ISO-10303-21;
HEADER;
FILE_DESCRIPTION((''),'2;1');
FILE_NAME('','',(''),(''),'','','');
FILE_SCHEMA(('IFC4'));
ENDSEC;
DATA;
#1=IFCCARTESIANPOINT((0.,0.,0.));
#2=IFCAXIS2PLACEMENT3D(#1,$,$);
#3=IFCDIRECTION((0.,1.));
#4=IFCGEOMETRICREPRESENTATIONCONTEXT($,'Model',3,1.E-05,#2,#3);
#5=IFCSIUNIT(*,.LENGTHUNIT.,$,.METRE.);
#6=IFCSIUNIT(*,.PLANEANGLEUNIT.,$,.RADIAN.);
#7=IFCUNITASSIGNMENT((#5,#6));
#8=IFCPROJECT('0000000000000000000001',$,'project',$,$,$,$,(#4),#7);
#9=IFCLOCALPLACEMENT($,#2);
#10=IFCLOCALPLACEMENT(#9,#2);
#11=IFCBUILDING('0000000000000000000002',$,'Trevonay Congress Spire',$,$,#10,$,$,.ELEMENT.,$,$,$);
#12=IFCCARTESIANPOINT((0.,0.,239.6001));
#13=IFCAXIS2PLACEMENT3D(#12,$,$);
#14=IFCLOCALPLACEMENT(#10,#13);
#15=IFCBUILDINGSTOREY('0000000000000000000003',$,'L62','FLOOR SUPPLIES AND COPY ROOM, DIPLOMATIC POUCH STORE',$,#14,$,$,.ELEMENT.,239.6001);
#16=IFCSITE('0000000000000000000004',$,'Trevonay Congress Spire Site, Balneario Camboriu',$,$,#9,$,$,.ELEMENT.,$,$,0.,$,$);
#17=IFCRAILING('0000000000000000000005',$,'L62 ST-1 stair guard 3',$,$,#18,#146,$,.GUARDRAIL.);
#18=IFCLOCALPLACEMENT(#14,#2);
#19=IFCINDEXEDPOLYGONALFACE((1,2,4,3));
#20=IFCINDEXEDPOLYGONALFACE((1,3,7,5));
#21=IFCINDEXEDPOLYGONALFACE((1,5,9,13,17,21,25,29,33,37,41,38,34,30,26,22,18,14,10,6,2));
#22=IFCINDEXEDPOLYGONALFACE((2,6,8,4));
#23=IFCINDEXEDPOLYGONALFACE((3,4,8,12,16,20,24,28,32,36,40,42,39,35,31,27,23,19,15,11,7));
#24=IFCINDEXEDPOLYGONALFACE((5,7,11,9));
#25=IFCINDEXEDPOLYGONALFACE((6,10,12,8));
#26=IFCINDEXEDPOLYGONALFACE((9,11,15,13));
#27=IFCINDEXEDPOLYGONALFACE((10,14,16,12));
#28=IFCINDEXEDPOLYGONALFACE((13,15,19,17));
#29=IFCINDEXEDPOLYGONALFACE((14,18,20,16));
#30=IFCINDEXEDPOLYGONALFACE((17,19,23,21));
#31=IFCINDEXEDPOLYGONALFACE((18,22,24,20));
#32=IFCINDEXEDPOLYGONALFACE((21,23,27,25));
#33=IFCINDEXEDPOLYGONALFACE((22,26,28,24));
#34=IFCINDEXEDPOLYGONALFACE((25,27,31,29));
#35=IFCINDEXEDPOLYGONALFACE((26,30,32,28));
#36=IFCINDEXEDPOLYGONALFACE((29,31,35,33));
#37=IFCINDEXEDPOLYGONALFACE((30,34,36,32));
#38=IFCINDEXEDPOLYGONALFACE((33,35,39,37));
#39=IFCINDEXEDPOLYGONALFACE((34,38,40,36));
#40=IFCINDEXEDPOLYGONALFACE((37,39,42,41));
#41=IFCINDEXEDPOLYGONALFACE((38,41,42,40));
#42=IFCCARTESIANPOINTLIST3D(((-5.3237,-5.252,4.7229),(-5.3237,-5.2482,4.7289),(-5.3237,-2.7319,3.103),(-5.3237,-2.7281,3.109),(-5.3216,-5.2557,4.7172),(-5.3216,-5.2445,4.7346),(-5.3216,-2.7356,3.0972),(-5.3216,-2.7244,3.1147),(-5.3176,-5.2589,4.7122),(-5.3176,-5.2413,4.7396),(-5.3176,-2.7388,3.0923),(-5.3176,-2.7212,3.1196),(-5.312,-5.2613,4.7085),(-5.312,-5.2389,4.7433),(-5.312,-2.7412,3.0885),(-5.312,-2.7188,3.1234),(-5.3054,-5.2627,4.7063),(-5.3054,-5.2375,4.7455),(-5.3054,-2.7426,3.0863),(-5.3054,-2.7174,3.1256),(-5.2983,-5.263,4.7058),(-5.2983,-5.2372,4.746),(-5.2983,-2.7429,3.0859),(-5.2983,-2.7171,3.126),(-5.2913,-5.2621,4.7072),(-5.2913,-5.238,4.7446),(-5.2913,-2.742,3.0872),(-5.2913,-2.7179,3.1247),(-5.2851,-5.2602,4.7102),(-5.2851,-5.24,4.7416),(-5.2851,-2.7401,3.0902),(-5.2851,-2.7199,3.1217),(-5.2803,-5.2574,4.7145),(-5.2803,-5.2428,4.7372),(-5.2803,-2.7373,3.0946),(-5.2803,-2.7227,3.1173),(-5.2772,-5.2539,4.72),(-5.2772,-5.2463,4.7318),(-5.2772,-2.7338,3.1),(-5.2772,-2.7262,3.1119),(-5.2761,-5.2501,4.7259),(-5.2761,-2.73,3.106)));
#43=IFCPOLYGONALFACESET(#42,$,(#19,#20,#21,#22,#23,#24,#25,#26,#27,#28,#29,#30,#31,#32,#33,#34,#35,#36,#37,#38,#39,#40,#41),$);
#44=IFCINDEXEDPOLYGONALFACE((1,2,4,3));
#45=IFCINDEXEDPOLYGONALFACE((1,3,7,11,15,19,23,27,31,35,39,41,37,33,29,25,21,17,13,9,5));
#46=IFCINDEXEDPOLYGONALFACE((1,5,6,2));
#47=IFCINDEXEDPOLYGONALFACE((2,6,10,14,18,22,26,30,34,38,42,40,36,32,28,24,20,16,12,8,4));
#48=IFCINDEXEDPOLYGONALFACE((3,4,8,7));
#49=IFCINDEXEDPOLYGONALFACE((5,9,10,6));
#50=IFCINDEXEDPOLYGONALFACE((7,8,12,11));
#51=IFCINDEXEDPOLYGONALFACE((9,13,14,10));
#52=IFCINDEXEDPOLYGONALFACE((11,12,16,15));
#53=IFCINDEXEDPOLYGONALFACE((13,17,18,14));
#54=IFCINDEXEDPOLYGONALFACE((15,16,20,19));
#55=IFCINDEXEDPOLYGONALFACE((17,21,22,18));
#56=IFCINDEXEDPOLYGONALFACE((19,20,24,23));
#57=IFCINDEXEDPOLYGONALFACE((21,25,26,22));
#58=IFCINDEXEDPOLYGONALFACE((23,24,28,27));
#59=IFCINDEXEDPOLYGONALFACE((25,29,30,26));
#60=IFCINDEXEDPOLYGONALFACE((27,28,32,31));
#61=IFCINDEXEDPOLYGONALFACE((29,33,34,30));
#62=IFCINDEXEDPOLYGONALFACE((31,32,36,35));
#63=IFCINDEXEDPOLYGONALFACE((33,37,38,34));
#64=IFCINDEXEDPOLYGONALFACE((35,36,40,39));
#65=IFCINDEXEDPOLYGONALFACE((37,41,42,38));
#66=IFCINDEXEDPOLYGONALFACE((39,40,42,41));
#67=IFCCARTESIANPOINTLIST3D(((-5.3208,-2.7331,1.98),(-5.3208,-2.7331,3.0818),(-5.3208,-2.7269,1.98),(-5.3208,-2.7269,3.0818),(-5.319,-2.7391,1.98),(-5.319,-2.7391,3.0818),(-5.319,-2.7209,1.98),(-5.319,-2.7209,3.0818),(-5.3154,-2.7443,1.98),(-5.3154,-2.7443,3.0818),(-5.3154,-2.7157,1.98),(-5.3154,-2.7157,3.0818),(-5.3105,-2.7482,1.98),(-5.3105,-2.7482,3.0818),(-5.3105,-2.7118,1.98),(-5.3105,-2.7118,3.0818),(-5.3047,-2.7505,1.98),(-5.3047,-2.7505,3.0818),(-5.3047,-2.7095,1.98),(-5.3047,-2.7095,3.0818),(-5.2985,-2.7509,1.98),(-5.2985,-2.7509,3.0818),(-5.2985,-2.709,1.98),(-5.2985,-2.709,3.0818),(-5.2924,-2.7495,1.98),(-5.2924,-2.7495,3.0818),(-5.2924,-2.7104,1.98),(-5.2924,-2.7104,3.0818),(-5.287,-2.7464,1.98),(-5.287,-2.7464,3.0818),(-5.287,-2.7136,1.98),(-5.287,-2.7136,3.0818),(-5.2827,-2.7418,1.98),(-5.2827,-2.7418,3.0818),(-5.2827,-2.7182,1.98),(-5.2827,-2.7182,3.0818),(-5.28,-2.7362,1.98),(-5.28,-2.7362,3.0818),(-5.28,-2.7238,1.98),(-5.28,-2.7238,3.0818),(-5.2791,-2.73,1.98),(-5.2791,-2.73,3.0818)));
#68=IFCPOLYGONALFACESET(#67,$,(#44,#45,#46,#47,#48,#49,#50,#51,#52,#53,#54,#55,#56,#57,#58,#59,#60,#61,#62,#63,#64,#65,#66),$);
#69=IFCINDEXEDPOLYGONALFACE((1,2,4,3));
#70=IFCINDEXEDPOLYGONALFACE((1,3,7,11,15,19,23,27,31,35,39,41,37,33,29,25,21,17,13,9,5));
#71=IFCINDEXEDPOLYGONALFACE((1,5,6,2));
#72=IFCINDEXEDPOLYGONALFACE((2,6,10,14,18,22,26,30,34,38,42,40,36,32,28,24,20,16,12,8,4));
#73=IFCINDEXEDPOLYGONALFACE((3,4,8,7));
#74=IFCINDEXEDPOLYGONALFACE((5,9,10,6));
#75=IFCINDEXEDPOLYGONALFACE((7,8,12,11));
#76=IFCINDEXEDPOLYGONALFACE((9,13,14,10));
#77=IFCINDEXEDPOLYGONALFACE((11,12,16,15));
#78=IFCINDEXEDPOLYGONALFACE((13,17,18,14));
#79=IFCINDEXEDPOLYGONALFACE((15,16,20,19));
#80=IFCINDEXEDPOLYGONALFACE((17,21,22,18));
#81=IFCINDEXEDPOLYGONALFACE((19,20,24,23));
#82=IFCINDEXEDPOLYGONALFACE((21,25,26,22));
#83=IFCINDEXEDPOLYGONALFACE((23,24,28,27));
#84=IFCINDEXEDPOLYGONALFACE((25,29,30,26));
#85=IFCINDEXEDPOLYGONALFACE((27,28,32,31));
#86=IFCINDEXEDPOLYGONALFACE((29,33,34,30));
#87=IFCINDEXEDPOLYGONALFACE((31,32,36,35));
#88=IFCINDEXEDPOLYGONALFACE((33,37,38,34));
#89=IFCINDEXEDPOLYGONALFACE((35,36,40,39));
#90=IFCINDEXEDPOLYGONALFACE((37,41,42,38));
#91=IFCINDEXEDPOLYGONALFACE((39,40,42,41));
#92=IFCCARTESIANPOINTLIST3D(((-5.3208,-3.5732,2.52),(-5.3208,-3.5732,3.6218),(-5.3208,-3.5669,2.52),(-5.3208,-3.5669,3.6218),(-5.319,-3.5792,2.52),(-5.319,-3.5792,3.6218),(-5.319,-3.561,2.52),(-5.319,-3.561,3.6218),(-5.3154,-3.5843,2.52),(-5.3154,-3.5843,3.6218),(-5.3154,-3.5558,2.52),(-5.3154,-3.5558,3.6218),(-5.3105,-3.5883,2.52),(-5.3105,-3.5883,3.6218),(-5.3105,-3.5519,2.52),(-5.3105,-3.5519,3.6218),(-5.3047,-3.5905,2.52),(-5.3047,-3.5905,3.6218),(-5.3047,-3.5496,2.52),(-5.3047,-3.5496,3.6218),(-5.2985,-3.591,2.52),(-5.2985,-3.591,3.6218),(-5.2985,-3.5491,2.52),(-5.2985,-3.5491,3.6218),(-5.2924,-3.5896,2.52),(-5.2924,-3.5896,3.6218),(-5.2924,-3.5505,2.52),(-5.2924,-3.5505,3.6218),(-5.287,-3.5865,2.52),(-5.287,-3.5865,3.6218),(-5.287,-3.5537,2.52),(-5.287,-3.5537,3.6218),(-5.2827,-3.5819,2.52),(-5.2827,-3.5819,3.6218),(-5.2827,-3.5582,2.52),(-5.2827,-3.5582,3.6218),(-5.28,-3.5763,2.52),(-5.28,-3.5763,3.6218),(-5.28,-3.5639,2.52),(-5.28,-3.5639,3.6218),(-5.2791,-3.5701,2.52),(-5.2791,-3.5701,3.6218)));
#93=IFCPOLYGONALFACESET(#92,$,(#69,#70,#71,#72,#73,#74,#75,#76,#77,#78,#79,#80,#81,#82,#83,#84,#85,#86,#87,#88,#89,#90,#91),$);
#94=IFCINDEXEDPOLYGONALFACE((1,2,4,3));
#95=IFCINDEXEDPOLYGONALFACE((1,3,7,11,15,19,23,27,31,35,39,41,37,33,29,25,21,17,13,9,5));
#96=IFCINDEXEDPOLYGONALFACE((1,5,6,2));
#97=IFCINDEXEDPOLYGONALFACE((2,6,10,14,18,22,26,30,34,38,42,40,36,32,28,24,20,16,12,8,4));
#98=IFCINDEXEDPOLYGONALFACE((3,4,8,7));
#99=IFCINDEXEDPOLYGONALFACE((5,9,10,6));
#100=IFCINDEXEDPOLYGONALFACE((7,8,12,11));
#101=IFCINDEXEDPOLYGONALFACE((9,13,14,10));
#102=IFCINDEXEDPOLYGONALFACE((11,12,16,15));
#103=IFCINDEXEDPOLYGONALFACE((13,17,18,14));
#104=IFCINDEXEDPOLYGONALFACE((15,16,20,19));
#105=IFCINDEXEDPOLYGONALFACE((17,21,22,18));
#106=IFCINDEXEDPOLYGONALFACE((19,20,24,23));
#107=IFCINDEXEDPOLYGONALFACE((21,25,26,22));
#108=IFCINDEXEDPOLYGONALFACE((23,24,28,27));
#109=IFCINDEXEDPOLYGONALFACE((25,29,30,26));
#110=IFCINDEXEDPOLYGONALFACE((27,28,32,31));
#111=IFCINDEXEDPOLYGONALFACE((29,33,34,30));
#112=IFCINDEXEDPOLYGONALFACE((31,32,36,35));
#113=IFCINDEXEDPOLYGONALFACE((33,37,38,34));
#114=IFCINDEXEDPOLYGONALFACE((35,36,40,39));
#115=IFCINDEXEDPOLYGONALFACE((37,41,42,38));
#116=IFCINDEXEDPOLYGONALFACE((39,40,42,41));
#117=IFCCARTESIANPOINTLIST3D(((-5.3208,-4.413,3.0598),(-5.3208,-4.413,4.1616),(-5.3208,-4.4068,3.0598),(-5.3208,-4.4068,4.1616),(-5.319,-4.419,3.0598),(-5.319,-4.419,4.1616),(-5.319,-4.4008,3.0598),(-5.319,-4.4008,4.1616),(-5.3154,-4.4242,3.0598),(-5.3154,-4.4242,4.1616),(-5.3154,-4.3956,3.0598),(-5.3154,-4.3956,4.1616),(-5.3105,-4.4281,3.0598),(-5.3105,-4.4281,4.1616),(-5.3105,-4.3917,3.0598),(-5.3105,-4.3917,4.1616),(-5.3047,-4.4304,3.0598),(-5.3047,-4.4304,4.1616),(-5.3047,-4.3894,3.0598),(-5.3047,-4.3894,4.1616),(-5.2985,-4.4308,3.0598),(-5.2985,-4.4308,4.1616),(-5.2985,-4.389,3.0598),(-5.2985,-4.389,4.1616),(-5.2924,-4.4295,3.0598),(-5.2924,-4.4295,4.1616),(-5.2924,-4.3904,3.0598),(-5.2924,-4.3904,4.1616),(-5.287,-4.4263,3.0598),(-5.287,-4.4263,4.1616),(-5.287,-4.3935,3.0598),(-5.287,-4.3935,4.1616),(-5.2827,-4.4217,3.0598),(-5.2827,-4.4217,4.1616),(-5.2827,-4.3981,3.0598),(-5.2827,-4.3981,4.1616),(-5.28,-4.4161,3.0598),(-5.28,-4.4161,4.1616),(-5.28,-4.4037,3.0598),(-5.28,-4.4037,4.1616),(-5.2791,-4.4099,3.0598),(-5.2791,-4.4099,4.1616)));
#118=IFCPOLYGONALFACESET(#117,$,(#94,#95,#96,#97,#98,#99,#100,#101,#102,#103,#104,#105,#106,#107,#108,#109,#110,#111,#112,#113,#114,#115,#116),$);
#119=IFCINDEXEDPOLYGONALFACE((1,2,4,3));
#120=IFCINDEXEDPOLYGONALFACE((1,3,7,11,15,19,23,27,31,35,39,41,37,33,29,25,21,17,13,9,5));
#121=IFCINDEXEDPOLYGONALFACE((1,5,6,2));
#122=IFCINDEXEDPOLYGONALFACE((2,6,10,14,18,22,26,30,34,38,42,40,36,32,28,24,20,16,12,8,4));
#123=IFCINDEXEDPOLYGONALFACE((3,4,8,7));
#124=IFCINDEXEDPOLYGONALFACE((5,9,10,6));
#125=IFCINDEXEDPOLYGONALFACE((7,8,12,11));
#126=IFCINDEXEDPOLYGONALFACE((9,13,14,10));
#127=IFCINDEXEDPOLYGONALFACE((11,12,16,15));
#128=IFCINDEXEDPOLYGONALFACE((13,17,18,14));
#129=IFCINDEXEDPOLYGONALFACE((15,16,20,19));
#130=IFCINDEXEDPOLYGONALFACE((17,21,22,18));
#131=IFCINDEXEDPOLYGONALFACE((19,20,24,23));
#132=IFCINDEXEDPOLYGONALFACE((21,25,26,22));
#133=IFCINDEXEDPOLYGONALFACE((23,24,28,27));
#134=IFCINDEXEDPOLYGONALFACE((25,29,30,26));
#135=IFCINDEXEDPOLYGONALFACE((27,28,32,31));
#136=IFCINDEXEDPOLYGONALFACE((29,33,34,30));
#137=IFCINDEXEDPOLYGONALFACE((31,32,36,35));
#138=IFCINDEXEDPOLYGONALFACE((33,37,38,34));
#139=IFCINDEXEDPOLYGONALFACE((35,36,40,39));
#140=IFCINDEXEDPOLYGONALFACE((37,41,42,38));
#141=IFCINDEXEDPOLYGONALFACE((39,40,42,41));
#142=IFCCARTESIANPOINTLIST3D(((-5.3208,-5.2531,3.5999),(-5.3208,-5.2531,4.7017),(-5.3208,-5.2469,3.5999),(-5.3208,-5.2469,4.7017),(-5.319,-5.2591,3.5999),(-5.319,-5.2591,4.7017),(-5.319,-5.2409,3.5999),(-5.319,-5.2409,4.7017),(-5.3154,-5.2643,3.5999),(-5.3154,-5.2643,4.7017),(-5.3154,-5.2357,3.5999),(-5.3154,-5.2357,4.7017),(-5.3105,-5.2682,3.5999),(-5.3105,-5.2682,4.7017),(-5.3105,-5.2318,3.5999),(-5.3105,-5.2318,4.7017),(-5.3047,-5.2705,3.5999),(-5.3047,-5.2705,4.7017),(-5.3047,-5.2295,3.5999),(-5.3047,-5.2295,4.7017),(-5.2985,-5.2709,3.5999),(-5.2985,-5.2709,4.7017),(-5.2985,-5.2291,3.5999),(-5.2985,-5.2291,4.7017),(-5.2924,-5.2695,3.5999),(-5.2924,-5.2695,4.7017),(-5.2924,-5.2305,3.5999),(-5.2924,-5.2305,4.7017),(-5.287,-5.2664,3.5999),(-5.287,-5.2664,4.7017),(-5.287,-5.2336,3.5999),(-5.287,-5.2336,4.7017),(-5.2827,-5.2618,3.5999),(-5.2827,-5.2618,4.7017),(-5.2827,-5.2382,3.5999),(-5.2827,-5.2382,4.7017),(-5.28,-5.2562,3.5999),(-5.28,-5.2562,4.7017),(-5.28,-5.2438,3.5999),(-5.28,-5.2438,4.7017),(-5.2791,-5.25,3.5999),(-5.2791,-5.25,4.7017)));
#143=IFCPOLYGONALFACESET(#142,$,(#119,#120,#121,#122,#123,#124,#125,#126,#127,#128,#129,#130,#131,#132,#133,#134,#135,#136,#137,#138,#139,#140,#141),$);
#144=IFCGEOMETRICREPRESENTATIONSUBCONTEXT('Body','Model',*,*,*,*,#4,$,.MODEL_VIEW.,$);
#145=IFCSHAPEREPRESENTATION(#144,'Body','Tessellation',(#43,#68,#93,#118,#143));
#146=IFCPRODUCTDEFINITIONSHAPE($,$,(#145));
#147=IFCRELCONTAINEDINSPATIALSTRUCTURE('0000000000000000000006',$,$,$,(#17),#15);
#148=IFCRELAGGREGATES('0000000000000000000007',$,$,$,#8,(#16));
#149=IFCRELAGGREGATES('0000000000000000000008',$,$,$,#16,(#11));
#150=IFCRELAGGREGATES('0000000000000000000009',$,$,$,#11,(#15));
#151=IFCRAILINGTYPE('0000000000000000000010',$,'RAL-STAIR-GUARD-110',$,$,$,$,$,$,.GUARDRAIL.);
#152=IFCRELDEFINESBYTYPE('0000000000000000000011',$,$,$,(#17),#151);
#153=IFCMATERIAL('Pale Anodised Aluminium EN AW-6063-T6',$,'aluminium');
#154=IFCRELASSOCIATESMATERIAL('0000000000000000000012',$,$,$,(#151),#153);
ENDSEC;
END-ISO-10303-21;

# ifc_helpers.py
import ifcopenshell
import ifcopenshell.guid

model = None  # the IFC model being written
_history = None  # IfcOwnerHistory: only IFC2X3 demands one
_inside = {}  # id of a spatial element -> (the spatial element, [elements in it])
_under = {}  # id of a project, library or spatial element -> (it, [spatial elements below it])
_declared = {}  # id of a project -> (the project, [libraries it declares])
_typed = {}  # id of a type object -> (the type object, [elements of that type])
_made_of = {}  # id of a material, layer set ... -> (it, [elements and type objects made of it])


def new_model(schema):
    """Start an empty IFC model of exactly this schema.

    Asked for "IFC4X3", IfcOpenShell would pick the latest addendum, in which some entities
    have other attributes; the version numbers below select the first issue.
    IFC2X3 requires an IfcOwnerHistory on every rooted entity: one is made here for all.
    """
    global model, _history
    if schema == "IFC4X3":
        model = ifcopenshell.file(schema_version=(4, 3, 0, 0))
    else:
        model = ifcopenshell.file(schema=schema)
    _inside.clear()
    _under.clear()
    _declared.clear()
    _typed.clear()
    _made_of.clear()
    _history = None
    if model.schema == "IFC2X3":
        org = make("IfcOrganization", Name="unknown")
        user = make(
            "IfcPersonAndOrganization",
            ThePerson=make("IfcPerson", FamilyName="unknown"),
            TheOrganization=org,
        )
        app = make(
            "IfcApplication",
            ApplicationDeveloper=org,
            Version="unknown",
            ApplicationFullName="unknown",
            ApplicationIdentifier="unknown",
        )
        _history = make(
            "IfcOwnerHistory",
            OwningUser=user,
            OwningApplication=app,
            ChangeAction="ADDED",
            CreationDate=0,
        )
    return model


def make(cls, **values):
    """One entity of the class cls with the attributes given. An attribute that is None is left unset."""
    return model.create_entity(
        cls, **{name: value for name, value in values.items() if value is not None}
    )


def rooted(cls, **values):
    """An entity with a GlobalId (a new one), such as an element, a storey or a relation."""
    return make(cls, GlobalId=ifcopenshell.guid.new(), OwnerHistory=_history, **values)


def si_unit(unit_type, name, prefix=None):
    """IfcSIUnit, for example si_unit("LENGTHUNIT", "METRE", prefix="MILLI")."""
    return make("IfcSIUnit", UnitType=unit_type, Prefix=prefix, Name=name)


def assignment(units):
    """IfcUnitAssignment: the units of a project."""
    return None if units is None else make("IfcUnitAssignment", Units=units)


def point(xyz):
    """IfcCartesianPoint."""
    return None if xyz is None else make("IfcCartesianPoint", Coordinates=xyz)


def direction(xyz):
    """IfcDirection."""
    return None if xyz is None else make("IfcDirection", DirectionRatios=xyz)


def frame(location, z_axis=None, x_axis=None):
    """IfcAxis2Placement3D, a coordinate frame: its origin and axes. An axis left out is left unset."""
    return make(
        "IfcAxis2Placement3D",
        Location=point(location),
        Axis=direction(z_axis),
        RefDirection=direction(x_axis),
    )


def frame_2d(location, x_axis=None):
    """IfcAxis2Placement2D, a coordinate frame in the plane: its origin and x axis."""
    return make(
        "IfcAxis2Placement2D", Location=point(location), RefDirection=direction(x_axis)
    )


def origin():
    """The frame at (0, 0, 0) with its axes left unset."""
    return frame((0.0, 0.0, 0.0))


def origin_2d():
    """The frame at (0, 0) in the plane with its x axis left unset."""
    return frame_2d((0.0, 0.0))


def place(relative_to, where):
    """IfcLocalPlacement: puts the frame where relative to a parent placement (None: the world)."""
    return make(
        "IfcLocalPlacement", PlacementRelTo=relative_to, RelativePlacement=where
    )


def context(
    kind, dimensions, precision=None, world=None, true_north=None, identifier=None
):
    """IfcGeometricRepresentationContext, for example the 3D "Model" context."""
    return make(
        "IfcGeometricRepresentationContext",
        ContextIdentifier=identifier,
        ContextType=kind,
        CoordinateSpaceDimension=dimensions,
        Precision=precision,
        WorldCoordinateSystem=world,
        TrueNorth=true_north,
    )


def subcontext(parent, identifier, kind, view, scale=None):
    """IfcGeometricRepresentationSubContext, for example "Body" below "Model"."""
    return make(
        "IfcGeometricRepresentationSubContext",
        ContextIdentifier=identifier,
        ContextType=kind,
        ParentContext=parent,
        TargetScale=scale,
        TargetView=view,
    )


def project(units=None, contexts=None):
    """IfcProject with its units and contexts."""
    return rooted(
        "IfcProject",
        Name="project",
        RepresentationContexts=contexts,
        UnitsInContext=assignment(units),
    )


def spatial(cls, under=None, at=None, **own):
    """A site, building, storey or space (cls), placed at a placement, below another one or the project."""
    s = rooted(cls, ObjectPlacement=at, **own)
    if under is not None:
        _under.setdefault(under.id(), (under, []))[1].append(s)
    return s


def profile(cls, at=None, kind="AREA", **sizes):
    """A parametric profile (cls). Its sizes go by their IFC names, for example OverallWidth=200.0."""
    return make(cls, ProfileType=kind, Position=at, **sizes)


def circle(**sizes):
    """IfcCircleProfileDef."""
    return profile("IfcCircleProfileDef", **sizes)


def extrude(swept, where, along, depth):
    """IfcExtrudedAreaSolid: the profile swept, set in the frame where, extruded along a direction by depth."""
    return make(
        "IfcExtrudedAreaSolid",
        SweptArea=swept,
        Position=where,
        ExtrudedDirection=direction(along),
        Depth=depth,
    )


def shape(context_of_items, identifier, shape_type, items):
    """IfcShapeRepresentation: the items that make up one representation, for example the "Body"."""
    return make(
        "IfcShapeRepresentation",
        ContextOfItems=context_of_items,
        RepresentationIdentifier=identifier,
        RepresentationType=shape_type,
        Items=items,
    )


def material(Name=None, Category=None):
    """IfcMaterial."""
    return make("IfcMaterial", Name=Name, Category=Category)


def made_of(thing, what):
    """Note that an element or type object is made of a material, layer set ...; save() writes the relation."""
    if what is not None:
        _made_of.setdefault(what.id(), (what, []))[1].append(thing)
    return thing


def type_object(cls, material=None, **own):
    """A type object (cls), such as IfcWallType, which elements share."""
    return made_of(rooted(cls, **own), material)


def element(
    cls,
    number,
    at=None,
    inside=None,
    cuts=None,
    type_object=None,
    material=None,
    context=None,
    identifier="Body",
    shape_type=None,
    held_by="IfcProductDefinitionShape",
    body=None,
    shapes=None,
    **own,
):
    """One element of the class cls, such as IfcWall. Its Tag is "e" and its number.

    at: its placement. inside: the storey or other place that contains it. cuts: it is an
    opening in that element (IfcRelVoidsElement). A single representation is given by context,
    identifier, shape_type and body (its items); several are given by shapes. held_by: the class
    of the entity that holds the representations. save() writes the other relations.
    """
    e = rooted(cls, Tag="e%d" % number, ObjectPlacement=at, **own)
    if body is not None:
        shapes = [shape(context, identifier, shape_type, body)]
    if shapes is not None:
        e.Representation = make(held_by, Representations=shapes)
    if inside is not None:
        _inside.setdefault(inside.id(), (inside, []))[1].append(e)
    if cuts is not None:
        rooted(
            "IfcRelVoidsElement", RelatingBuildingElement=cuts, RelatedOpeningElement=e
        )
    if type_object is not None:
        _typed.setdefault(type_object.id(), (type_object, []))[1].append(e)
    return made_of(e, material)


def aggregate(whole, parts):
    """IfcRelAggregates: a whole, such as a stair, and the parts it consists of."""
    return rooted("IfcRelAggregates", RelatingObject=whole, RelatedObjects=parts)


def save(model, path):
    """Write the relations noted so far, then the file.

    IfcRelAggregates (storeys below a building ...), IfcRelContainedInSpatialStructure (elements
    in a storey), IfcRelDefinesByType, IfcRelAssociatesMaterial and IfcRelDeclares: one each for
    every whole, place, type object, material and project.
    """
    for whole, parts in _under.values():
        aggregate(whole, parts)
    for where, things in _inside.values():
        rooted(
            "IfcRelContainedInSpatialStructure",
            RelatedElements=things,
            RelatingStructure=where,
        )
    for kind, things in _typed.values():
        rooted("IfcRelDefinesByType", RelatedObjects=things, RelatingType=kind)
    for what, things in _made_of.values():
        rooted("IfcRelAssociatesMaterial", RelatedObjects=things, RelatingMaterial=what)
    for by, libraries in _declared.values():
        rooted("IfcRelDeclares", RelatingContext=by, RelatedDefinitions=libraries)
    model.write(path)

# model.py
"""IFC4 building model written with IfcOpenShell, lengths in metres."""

from ifc_helpers import new_model, si_unit, direction, frame, origin, origin_2d, place, context, subcontext, project, spatial, circle, extrude, material, type_object, element, save


model = new_model("IFC4")

# Units and contexts
model_context = context("Model", 3, precision=1e-05, world=origin(), true_north=direction((0.0, 1.0)))
body_context = subcontext(model_context, "Body", "Model", "MODEL_VIEW")
ifc_project = project(units=[si_unit("LENGTHUNIT", "METRE"), si_unit("PLANEANGLEUNIT", "RADIAN")], contexts=[model_context])

# Site, building, storey
site_placement = place(None, origin())
site = spatial("IfcSite", under=ifc_project, at=site_placement, Name="Trevonay Congress Spire Site, Balneario Camboriu", CompositionType="ELEMENT", RefElevation=0.0)
building_placement = place(site_placement, origin())
building = spatial("IfcBuilding", under=site, at=building_placement, Name="Trevonay Congress Spire", CompositionType="ELEMENT")
storey_placement = place(building_placement, frame((0.0, 0.0, 239.6001)))
storey = spatial("IfcBuildingStorey", under=building, at=storey_placement, Name="L62", Description="FLOOR SUPPLIES AND COPY ROOM, DIPLOMATIC POUCH STORE", CompositionType="ELEMENT", Elevation=239.6001)

# Shared definitions
ifc_material_1 = material(Name="Pale Anodised Aluminium EN AW-6063-T6", Category="aluminium")

# Railing
railing_type_1 = type_object("IfcRailingType", Name="RAL-STAIR-GUARD-110", PredefinedType="GUARDRAIL", material=ifc_material_1)
railing_1_placement = place(storey_placement, frame((-5.3, -2.73, 1.98)))
element("IfcRailing", 1, at=railing_1_placement, inside=storey, type_object=railing_type_1, Name="L62 ST-1 stair guard 3", PredefinedType="GUARDRAIL", context=body_context, shape_type="SweptSolid", body=[
    extrude(circle(Radius=0.0239, at=origin_2d()), frame((0.0, 0.0, 1.126), z_axis=(0.0, -0.8412, 0.540725), x_axis=(1.0, 0.0, 0.0)), (0.0, 0.0, 1.0), 2.9958),
    extrude(circle(Radius=0.021, at=origin_2d()), origin(), (0.0, 0.0, 1.0), 1.1018),
    extrude(circle(Radius=0.021, at=origin_2d()), frame((0.0, -0.8401, 0.54)), (0.0, 0.0, 1.0), 1.1018),
    extrude(circle(Radius=0.021, at=origin_2d()), frame((0.0, -1.6799, 1.0798)), (0.0, 0.0, 1.0), 1.1018),
    extrude(circle(Radius=0.021, at=origin_2d()), frame((0.0, -2.52, 1.6199)), (0.0, 0.0, 1.0), 1.1018),
])

save(model, "model.ifc")
